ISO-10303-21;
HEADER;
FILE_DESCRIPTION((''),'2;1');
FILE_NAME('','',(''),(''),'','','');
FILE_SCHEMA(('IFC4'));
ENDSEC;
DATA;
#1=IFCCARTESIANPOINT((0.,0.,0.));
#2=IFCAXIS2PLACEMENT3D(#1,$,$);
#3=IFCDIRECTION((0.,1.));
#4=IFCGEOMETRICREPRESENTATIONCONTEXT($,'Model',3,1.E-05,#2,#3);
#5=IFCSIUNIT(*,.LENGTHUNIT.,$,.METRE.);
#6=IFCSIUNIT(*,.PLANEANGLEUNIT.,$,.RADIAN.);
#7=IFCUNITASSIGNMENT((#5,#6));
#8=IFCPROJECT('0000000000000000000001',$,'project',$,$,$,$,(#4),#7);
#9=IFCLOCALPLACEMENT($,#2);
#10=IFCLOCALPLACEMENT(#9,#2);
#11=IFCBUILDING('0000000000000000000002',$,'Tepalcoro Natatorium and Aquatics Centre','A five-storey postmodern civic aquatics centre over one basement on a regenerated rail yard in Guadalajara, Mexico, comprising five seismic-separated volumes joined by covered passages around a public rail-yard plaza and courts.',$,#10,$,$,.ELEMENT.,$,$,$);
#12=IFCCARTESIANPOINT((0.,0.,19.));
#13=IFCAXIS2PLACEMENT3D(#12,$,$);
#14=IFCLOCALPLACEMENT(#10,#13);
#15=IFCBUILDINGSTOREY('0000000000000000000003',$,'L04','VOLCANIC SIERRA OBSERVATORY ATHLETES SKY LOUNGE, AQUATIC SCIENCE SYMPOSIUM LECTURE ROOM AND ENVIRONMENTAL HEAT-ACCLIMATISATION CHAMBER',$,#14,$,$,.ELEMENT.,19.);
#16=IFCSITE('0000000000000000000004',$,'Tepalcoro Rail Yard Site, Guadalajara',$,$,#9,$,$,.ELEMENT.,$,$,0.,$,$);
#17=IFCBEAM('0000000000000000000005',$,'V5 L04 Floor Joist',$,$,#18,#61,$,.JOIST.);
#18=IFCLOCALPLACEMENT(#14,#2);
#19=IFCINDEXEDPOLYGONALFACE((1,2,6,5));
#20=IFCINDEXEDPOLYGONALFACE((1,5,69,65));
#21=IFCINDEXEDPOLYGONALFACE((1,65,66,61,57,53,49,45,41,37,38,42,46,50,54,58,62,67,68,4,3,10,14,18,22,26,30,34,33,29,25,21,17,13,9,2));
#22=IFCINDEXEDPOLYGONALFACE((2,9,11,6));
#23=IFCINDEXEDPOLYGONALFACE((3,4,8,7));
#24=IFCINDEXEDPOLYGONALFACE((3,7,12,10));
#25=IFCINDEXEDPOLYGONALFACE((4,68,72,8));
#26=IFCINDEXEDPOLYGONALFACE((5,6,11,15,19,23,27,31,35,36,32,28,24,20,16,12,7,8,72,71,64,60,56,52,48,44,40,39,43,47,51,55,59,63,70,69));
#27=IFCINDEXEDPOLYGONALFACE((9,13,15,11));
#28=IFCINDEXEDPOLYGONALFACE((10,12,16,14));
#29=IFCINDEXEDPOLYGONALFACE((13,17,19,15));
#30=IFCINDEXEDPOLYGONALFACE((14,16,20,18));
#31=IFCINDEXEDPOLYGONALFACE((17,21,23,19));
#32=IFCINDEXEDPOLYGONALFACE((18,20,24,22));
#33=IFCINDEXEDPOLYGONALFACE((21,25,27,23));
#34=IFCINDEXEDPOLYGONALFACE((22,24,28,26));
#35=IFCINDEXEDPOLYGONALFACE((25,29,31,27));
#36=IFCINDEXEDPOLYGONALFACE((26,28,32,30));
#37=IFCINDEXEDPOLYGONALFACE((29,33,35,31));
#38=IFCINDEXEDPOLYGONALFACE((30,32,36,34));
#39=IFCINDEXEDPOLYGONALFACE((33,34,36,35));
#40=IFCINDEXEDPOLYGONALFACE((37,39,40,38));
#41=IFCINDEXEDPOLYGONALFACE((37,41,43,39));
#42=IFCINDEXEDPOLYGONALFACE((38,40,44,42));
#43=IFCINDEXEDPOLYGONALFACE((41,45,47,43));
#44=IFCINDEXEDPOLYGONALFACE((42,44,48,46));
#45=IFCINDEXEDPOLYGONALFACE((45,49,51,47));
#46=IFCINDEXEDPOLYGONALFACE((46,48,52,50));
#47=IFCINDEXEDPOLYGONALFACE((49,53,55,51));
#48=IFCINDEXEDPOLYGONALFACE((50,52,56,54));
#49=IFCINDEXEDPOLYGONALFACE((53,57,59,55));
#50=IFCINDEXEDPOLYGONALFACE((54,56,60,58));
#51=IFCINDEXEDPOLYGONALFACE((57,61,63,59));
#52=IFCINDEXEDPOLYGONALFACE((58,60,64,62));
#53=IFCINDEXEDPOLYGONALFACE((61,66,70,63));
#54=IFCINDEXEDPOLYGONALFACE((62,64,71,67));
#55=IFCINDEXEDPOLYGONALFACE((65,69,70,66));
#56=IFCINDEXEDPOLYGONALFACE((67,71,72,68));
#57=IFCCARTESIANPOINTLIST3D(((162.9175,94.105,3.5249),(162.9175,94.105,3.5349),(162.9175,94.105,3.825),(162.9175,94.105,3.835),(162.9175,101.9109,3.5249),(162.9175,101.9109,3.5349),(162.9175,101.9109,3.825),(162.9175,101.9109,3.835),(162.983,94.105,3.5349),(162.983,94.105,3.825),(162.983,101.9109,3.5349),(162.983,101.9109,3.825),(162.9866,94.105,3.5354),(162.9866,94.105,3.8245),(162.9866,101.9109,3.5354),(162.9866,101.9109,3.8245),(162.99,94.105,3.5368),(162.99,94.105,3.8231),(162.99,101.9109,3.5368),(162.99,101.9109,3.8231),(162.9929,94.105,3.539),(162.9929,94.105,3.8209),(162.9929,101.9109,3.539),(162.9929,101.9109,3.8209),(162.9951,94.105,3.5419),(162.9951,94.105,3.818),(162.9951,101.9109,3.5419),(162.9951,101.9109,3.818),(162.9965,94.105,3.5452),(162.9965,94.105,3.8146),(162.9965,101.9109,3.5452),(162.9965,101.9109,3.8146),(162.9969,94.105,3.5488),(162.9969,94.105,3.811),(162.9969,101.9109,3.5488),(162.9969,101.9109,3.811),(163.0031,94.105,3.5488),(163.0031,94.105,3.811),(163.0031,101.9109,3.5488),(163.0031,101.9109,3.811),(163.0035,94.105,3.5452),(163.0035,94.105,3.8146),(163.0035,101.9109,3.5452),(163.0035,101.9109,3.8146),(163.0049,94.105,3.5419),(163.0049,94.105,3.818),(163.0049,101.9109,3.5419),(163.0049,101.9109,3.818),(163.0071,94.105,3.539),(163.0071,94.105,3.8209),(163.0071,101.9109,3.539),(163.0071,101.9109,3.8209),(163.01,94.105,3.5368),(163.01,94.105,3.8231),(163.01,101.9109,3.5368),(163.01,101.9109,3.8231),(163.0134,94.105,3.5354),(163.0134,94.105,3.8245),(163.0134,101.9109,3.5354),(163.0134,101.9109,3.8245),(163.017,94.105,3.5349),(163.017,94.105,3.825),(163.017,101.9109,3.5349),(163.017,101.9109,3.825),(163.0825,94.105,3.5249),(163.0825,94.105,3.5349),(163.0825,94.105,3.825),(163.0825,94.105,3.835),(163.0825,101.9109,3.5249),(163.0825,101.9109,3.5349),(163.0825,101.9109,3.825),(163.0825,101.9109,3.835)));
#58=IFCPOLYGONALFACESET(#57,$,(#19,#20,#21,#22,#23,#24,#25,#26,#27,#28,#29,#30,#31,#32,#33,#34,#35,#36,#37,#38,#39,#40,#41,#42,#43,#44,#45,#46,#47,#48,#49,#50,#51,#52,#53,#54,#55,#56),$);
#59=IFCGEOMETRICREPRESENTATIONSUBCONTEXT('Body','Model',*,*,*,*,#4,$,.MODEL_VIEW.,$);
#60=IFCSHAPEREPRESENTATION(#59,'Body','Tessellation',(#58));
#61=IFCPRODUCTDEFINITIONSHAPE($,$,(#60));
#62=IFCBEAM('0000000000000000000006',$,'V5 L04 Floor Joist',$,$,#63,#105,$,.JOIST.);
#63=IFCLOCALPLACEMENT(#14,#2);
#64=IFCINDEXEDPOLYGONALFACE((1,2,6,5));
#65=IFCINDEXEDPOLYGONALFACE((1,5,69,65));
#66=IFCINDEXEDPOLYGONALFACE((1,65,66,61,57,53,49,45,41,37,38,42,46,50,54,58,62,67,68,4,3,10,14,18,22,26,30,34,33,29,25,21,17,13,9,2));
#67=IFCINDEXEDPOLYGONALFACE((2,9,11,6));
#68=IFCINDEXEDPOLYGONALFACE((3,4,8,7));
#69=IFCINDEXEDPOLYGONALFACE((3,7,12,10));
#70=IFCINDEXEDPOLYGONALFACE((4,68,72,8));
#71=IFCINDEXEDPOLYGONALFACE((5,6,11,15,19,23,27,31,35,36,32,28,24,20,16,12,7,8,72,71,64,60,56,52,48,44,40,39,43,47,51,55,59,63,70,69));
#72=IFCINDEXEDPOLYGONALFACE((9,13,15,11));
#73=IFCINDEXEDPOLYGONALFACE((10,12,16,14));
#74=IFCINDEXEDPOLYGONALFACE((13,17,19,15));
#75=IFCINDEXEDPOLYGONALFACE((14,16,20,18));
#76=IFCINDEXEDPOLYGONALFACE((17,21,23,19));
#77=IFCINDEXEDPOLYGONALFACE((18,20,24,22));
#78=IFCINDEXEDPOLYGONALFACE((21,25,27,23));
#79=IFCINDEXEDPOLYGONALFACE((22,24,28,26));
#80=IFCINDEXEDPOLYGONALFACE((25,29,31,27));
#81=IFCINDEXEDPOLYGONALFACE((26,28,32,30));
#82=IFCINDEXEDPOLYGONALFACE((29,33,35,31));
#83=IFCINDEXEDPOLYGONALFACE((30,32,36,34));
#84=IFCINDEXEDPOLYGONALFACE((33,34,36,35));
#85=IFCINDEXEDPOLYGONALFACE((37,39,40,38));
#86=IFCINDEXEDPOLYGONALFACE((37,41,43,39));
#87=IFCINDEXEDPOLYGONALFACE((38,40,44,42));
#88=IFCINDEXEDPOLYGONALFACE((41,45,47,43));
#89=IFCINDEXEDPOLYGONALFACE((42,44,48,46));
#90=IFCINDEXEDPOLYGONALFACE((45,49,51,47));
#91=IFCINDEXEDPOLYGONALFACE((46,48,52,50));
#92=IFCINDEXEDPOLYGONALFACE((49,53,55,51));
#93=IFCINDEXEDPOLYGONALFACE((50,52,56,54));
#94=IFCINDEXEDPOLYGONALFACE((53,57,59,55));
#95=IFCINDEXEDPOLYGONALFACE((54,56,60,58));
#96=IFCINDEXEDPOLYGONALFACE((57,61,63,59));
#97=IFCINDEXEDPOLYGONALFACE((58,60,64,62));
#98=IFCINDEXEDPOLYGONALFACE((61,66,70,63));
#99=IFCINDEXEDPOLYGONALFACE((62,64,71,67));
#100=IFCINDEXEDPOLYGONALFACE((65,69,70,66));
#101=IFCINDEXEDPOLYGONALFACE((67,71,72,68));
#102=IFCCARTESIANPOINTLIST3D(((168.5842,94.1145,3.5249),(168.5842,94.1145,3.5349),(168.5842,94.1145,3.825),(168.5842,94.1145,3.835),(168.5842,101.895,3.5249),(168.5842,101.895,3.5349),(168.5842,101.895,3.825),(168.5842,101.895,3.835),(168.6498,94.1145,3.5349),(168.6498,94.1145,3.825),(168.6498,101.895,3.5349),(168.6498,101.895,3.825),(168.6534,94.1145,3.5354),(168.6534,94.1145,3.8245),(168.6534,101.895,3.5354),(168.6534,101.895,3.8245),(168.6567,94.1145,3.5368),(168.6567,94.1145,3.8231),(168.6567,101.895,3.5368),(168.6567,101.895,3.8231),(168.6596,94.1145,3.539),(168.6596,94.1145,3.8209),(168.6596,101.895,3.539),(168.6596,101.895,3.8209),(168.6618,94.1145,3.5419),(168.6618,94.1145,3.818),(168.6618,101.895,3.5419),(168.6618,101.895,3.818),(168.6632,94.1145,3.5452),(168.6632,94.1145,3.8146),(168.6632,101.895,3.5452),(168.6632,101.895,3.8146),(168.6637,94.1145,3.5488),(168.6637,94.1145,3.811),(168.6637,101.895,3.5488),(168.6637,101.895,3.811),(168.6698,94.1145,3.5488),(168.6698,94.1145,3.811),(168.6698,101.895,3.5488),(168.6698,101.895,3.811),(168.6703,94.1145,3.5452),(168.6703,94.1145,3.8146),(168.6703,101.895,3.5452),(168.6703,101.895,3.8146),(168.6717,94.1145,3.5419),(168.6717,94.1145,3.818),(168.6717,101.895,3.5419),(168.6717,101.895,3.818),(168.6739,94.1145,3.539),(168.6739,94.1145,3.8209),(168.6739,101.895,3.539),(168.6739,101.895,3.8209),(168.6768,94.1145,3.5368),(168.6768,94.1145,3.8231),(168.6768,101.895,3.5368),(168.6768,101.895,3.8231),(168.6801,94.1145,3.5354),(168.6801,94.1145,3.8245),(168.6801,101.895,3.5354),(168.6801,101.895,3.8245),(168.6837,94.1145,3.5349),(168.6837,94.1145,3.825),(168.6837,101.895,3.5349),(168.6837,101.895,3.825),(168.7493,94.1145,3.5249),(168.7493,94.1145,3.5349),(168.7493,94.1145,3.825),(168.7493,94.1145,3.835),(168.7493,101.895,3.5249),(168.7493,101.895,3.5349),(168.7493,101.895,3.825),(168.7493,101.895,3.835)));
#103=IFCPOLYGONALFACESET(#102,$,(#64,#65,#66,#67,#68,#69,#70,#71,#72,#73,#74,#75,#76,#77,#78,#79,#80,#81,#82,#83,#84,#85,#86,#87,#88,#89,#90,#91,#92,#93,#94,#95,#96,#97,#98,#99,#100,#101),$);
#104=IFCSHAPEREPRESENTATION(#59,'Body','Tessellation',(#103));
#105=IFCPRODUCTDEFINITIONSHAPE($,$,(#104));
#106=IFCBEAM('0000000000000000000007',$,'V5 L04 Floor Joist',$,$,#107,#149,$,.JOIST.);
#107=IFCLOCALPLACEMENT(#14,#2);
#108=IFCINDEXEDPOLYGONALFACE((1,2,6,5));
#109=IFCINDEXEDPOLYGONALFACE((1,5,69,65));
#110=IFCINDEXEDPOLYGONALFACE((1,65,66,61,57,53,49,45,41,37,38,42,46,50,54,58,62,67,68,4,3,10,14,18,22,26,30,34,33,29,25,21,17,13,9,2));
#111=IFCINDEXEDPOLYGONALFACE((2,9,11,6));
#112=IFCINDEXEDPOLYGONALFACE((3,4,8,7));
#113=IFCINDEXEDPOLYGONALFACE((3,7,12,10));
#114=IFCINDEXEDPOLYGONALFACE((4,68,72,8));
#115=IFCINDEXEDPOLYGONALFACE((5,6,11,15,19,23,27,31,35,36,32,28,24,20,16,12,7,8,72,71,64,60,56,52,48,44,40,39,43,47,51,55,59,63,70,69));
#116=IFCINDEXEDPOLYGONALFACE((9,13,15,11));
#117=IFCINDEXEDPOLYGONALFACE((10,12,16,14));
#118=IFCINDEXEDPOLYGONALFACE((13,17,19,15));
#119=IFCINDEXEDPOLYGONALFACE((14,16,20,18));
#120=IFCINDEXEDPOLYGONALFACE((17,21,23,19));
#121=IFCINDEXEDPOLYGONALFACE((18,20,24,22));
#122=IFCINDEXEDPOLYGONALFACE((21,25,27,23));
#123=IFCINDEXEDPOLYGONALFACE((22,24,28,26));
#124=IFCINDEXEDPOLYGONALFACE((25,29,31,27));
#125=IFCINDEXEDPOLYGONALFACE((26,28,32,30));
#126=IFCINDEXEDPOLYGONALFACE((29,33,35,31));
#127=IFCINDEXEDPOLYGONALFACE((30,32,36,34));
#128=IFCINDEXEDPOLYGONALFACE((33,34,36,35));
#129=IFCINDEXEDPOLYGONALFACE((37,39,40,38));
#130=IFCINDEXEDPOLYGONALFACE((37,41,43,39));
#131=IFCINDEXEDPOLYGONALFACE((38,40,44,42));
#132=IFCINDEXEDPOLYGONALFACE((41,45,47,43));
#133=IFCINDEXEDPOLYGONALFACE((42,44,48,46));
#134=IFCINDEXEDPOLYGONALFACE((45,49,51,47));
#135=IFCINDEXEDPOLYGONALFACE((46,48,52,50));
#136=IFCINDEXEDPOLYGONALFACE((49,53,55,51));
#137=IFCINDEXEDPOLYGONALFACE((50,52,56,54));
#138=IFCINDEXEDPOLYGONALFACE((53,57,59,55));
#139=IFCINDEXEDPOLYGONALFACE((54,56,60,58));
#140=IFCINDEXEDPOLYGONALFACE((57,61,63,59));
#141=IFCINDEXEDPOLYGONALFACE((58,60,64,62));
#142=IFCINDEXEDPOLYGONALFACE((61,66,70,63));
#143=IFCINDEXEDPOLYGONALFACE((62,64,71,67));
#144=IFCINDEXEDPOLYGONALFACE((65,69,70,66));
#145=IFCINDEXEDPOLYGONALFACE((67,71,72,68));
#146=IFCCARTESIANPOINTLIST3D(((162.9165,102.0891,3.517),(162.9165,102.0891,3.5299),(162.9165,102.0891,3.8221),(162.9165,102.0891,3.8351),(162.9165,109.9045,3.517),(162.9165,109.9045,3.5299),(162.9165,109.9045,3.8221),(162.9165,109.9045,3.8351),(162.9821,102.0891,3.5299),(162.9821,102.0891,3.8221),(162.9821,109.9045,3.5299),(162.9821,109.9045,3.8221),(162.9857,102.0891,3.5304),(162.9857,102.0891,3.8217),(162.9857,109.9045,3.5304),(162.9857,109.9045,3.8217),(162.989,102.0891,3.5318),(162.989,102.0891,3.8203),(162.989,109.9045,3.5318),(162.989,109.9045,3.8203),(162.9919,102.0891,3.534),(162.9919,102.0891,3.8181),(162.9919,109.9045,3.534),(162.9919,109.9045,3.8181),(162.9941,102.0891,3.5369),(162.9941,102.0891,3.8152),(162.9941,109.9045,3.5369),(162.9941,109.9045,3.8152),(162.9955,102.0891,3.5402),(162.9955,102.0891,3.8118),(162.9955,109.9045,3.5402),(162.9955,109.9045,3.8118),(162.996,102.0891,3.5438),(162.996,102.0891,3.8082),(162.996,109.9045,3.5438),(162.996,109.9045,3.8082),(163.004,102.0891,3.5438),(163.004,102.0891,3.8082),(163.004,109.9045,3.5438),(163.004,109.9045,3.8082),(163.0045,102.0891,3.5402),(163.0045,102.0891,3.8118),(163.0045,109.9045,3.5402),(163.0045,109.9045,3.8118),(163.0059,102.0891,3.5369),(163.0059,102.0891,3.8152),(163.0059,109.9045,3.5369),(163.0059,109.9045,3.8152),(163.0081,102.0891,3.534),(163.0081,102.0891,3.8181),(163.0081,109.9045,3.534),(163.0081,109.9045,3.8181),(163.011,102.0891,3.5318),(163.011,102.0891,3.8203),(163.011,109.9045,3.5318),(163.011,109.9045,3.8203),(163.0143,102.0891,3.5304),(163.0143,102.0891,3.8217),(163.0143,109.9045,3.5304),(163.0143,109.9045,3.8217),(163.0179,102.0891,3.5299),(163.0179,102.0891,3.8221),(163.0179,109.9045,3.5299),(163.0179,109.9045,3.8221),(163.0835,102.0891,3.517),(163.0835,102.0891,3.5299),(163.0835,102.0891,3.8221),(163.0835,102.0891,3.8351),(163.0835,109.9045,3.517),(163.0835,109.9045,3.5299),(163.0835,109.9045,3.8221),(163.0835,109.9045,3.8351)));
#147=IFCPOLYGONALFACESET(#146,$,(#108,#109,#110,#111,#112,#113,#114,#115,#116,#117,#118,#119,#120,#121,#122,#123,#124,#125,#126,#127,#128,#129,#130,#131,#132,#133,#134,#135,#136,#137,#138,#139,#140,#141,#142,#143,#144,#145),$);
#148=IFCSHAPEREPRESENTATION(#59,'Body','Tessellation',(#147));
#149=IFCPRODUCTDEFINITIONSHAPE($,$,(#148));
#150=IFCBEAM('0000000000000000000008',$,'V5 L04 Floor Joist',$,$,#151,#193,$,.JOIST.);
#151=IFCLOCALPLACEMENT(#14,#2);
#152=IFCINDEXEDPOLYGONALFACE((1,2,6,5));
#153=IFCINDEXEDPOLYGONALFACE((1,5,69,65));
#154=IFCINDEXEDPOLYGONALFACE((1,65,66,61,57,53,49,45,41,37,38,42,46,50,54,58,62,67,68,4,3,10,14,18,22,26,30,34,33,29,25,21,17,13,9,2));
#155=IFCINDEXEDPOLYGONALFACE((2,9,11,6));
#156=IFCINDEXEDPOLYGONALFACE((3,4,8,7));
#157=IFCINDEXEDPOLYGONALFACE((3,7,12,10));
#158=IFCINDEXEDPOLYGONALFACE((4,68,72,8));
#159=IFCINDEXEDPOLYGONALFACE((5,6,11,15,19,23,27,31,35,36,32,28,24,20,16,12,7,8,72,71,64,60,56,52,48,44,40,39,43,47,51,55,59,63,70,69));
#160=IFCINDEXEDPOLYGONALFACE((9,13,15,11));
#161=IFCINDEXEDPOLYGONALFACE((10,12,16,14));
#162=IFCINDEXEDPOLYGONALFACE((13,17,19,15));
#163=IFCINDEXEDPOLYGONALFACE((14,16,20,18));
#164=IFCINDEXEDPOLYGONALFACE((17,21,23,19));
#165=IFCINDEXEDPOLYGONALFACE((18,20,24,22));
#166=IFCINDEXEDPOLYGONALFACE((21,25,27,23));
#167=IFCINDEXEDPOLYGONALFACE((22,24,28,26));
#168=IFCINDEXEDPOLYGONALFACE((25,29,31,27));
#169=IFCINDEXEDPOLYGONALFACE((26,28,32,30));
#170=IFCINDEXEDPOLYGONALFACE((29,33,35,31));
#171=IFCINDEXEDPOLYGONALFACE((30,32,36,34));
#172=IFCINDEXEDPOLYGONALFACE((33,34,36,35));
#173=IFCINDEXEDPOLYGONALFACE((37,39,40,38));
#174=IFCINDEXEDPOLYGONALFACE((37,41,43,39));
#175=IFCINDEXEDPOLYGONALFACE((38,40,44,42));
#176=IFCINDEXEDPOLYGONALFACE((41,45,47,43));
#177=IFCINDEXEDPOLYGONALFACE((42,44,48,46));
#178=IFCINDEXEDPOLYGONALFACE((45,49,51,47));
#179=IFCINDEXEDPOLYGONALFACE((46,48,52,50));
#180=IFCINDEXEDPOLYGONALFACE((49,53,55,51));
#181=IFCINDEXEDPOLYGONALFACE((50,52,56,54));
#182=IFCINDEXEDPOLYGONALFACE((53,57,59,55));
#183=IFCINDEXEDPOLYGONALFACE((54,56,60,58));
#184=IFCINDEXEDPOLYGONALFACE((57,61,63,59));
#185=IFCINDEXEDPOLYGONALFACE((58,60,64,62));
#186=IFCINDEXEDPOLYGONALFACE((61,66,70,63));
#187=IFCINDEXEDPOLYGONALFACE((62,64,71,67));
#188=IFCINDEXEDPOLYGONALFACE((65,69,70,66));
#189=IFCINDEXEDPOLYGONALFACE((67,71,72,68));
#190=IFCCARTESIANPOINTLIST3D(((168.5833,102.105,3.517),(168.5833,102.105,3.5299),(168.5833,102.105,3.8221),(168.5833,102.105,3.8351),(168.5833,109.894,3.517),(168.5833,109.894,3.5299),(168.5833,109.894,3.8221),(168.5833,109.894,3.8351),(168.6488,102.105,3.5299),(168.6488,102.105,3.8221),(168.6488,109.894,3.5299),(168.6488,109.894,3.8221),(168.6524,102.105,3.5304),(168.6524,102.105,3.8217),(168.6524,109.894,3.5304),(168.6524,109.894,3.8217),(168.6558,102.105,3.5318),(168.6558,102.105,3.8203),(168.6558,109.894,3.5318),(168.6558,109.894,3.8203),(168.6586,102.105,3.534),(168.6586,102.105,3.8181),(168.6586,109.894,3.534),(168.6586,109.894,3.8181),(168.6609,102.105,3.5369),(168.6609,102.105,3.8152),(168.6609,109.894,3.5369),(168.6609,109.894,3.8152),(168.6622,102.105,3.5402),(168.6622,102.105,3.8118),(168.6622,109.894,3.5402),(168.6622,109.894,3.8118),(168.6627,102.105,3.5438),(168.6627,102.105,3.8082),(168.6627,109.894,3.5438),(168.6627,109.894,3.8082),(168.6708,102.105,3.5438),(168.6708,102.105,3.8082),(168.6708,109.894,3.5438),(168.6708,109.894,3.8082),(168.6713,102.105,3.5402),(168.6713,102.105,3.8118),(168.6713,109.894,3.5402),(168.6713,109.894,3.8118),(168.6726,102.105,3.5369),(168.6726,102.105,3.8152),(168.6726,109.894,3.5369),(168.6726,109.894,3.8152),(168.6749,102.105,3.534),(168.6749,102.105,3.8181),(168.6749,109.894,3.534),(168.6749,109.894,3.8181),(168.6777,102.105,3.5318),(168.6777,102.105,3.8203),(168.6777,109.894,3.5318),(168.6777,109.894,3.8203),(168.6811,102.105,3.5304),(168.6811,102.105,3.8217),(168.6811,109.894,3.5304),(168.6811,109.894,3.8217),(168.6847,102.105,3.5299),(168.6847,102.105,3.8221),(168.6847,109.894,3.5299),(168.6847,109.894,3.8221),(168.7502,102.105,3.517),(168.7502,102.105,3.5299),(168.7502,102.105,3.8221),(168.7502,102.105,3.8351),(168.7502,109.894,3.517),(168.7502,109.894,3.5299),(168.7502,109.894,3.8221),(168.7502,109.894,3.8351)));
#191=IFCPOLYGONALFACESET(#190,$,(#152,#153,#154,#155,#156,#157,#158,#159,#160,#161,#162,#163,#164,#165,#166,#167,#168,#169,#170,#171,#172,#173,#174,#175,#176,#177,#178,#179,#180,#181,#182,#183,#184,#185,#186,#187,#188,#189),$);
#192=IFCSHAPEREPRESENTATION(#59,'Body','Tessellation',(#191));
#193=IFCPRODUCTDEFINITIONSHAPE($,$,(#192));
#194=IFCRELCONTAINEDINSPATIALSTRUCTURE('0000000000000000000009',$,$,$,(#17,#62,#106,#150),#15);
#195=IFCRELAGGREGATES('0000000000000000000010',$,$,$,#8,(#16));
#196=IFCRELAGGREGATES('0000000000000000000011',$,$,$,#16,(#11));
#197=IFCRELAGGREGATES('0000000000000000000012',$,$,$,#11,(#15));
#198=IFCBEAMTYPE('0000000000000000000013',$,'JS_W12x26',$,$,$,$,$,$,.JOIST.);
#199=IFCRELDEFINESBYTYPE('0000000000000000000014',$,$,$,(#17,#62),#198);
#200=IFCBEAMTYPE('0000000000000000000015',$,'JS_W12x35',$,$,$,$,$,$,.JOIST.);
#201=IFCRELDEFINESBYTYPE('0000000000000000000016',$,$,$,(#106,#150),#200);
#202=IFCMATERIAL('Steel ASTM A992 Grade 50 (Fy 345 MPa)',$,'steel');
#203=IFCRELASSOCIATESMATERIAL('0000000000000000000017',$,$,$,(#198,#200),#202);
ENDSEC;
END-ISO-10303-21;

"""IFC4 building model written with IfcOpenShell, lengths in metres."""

from ifc_helpers import new_model, si_unit, direction, frame, origin, origin_2d, place, context, subcontext, project, spatial, i_section, extrude, material, material_profile, profile_set, type_object, element, save


model = new_model("IFC4")

# Units and contexts
model_context = context("Model", 3, precision=1e-05, world=origin(), true_north=direction((0.0, 1.0)))
body_context = subcontext(model_context, "Body", "Model", "MODEL_VIEW")
ifc_project = project(units=[si_unit("LENGTHUNIT", "METRE"), si_unit("PLANEANGLEUNIT", "RADIAN")], contexts=[model_context])

# Site, building, storey
site_placement = place(None, origin())
site = spatial("IfcSite", under=ifc_project, at=site_placement, Name="Tepalcoro Rail Yard Site, Guadalajara", CompositionType="ELEMENT", RefElevation=0.0)
building_placement = place(site_placement, origin())
building = spatial("IfcBuilding", under=site, at=building_placement, Name="Tepalcoro Natatorium and Aquatics Centre", Description="A five-storey postmodern civic aquatics centre over one basement on a regenerated rail yard in Guadalajara, Mexico, comprising five seismic-separated volumes joined by covered passages around a public rail-yard plaza and courts.", CompositionType="ELEMENT")
storey_placement = place(building_placement, frame((0.0, 0.0, 19.0)))
storey = spatial("IfcBuildingStorey", under=building, at=storey_placement, Name="L04", Description="VOLCANIC SIERRA OBSERVATORY ATHLETES SKY LOUNGE, AQUATIC SCIENCE SYMPOSIUM LECTURE ROOM AND ENVIRONMENTAL HEAT-ACCLIMATISATION CHAMBER", CompositionType="ELEMENT", Elevation=19.0)

# Shared definitions
ifc_material_1 = material(Name="Steel ASTM A992 Grade 50 (Fy 345 MPa)", Category="steel")

# Beams
ifc_material_profile_1 = material_profile(ifc_material_1, i_section(OverallWidth=0.165, OverallDepth=0.3101, WebThickness=0.0061, FlangeThickness=0.01, FilletRadius=0.0139, at=origin_2d()), Name="W12X26")
ifc_profile_set_1 = profile_set([ifc_material_profile_1], Name="Steel ASTM A992 Grade 50 (Fy 345 MPa)")
beam_type_1 = type_object("IfcBeamType", Name="JS_W12x26", PredefinedType="JOIST", material=ifc_profile_set_1)
beam_1_placement = place(storey_placement, frame((163.0, 94.105, 3.6799), z_axis=(0.0, 1.0, 0.0), x_axis=(-1.0, 0.0, 0.0)))
element("IfcBeam", 1, at=beam_1_placement, inside=storey, type_object=beam_type_1, Name="V5 L04 Floor Joist", PredefinedType="JOIST", context=body_context, shape_type="SweptSolid", body=[
    extrude(i_section(OverallWidth=0.165, OverallDepth=0.3101, WebThickness=0.0061, FlangeThickness=0.01, FilletRadius=0.0139, at=origin_2d()), origin(), (0.0, 0.0, 1.0), 7.8059),
])
beam_2_placement = place(storey_placement, frame((168.6667, 94.1145, 3.6799), z_axis=(0.0, 1.0, 0.0), x_axis=(-1.0, 0.0, 0.0)))
element("IfcBeam", 2, at=beam_2_placement, inside=storey, type_object=beam_type_1, Name="V5 L04 Floor Joist", PredefinedType="JOIST", context=body_context, shape_type="SweptSolid", body=[
    extrude(i_section(OverallWidth=0.165, OverallDepth=0.3101, WebThickness=0.0061, FlangeThickness=0.01, FilletRadius=0.0139, at=origin_2d()), origin(), (0.0, 0.0, 1.0), 7.7805),
])
ifc_material_profile_2 = material_profile(ifc_material_1, i_section(OverallWidth=0.167, OverallDepth=0.3181, WebThickness=0.0081, FlangeThickness=0.0129, FilletRadius=0.0139, at=origin_2d()), Name="W12X35")
ifc_profile_set_2 = profile_set([ifc_material_profile_2], Name="Steel ASTM A992 Grade 50 (Fy 345 MPa)")
beam_type_2 = type_object("IfcBeamType", Name="JS_W12x35", PredefinedType="JOIST", material=ifc_profile_set_2)
beam_3_placement = place(storey_placement, frame((163.0, 102.0891, 3.676), z_axis=(0.0, 1.0, 0.0), x_axis=(-1.0, 0.0, 0.0)))
element("IfcBeam", 3, at=beam_3_placement, inside=storey, type_object=beam_type_2, Name="V5 L04 Floor Joist", PredefinedType="JOIST", context=body_context, shape_type="SweptSolid", body=[
    extrude(i_section(OverallWidth=0.167, OverallDepth=0.3181, WebThickness=0.0081, FlangeThickness=0.0129, FilletRadius=0.0139, at=origin_2d()), origin(), (0.0, 0.0, 1.0), 7.8154),
])
beam_4_placement = place(storey_placement, frame((168.6667, 102.105, 3.676), z_axis=(0.0, 1.0, 0.0), x_axis=(-1.0, 0.0, 0.0)))
element("IfcBeam", 4, at=beam_4_placement, inside=storey, type_object=beam_type_2, Name="V5 L04 Floor Joist", PredefinedType="JOIST", context=body_context, shape_type="SweptSolid", body=[
    extrude(i_section(OverallWidth=0.167, OverallDepth=0.3181, WebThickness=0.0081, FlangeThickness=0.0129, FilletRadius=0.0139, at=origin_2d()), origin(), (0.0, 0.0, 1.0), 7.7891),
])

save(model, "model.ifc")
